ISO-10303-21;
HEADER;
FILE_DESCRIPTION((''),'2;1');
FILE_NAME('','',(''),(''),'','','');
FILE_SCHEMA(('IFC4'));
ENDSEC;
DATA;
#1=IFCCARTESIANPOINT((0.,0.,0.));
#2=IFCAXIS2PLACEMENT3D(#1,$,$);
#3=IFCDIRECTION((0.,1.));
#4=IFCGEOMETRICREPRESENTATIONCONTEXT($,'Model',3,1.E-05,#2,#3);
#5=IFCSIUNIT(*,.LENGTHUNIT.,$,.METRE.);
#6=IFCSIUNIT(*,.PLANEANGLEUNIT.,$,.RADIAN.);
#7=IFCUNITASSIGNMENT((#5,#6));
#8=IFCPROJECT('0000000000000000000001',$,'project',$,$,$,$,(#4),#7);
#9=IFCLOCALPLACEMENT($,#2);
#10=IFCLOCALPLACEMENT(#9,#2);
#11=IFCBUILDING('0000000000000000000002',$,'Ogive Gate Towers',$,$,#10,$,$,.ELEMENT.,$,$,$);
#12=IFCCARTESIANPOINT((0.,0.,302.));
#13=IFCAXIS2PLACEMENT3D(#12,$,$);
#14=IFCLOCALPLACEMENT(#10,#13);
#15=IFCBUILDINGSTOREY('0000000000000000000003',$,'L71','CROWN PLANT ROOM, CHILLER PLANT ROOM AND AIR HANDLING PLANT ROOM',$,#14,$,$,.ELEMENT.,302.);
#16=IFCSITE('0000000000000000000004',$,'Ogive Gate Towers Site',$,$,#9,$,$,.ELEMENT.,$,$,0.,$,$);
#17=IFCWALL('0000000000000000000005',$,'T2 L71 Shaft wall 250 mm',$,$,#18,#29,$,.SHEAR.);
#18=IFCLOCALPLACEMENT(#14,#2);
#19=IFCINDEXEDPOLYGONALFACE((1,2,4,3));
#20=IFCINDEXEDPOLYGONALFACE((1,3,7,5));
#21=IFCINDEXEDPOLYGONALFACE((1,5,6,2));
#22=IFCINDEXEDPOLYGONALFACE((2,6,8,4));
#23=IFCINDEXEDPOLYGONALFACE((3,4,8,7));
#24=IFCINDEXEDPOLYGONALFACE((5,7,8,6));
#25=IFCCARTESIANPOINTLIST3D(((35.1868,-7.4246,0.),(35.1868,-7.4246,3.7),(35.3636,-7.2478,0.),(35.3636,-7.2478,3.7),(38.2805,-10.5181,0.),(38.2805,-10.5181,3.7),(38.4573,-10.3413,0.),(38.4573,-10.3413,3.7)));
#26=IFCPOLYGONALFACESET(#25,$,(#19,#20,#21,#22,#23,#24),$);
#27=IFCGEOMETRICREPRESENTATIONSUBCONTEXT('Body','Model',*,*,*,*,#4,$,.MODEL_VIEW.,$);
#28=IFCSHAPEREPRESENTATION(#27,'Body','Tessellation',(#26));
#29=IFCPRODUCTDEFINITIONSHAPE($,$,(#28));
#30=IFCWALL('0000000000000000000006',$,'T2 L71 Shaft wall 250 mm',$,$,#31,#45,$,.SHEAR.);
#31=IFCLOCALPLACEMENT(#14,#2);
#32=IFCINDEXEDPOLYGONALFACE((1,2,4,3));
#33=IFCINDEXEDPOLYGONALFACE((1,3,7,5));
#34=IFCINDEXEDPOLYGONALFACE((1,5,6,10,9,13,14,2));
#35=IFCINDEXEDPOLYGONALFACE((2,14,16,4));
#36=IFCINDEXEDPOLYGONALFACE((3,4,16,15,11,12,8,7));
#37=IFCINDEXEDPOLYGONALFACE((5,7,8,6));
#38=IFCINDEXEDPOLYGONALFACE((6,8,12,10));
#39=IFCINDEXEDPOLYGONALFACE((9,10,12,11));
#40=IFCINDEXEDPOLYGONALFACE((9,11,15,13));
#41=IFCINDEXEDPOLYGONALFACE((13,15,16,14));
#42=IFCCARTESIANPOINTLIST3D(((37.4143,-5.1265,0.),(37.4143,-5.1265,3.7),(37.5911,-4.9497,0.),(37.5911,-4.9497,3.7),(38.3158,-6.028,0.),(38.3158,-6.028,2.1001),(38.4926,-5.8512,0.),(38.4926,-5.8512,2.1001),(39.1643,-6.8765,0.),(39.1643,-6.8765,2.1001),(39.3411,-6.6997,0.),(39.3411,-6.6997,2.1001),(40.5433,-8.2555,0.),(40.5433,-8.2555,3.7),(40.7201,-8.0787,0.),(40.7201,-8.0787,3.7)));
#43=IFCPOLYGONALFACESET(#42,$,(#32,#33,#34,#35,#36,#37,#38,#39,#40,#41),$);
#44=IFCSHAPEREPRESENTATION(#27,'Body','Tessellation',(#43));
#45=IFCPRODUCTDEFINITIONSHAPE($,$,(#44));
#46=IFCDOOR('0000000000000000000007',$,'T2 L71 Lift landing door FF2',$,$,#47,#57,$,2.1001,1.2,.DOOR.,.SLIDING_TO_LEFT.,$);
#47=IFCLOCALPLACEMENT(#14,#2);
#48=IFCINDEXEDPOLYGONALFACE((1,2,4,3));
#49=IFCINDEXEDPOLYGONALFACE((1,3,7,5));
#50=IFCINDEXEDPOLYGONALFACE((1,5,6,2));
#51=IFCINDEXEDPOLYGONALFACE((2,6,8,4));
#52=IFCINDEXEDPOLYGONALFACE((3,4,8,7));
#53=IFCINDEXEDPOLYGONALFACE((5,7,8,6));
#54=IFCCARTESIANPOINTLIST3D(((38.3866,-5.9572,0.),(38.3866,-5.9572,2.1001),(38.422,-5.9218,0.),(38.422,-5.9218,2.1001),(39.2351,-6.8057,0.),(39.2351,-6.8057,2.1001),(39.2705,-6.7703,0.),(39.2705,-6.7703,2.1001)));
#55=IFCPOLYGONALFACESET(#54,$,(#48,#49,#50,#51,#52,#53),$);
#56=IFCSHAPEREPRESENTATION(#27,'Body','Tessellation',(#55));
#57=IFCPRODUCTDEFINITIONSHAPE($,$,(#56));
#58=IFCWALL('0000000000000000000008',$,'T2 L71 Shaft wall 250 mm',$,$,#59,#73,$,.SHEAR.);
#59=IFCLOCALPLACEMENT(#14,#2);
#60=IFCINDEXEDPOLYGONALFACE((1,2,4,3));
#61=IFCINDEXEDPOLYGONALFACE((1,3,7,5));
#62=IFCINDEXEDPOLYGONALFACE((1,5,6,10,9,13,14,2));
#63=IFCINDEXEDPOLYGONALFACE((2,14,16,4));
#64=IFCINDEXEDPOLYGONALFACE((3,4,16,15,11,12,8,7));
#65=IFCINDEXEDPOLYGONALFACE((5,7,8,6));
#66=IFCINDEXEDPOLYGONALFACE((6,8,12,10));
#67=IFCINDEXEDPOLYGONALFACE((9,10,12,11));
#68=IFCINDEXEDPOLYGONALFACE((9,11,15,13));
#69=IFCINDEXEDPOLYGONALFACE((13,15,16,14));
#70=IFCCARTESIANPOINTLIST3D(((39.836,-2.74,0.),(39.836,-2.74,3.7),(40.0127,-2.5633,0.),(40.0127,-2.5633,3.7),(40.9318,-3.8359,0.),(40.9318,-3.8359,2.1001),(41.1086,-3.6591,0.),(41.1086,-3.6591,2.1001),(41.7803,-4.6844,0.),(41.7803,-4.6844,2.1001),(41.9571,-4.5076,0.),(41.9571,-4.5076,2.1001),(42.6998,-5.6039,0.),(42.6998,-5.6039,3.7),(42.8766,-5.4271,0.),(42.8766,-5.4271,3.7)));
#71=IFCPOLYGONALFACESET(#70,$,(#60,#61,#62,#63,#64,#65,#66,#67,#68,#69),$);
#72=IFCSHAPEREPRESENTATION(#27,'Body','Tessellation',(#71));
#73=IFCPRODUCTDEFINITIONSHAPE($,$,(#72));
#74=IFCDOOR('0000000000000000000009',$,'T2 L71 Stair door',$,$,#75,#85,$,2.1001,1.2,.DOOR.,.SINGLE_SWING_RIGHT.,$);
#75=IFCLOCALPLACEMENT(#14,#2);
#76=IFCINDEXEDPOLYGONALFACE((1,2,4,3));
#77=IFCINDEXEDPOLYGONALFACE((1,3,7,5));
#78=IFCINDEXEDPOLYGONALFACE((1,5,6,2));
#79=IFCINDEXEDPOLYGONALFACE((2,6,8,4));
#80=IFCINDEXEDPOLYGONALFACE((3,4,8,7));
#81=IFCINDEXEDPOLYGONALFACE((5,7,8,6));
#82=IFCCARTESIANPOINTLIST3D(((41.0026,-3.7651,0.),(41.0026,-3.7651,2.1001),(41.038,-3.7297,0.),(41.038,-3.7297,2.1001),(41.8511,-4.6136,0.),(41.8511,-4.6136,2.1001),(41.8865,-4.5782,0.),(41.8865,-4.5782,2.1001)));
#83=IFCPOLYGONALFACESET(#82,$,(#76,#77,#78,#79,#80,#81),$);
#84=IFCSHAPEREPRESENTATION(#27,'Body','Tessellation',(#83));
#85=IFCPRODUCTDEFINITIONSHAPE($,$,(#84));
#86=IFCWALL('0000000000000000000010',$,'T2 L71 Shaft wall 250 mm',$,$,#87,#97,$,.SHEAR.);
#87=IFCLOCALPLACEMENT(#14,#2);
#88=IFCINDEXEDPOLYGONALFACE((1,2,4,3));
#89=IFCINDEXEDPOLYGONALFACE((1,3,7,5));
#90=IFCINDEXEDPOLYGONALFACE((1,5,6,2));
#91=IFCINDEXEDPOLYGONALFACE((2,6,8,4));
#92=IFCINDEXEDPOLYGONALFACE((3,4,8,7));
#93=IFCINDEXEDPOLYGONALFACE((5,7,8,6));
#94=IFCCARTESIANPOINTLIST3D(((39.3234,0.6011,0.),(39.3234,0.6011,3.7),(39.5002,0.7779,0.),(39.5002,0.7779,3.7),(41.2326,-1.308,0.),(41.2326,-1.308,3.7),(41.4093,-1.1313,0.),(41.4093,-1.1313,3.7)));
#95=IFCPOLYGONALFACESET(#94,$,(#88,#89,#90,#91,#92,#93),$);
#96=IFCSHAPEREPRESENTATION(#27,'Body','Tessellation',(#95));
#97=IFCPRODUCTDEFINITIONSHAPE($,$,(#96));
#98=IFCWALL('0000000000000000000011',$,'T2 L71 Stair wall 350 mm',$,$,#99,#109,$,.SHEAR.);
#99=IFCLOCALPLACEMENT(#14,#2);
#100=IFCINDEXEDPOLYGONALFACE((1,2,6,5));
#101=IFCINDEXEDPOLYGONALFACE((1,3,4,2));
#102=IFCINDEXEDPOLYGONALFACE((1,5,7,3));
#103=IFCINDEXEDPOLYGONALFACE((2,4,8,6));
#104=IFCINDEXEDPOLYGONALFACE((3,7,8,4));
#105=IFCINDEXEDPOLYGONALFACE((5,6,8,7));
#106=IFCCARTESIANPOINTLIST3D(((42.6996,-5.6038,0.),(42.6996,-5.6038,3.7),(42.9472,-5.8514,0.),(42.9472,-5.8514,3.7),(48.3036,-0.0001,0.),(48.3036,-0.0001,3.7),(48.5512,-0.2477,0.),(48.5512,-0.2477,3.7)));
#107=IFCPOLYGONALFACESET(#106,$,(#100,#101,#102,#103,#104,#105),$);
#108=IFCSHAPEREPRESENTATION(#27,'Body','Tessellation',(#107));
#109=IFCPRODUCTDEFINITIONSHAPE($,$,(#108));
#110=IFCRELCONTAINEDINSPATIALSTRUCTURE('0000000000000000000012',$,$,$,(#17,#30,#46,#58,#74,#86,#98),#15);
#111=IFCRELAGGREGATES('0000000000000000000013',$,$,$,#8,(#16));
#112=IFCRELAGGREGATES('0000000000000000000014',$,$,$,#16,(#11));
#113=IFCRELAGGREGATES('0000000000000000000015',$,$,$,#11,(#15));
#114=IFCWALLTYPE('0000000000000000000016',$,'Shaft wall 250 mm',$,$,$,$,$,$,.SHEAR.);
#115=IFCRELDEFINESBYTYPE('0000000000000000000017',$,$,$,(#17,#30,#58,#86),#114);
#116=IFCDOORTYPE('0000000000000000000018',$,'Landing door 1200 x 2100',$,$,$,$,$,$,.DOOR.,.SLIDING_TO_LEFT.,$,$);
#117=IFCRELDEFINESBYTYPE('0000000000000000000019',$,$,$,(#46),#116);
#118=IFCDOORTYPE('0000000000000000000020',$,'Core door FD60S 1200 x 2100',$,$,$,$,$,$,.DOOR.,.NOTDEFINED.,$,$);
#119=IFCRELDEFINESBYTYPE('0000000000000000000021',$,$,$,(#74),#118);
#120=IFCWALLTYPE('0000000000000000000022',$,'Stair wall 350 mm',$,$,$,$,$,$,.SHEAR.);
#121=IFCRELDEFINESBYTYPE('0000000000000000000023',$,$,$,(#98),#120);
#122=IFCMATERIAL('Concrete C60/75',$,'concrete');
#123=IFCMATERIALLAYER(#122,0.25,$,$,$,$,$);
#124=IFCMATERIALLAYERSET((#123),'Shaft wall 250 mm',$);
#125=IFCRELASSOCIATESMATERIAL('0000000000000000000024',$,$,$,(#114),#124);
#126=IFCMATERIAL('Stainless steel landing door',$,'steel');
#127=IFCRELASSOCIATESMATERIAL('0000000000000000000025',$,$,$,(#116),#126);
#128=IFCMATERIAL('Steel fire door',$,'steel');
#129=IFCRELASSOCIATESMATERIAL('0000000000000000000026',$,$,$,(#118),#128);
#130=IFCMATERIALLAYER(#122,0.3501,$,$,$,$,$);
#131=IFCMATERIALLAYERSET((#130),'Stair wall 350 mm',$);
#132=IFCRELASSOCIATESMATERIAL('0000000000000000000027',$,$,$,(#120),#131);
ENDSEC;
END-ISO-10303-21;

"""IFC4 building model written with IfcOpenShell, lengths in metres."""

from ifc_helpers import new_model, si_unit, direction, frame, frame_2d, origin, place, context, subcontext, project, spatial, rectangle, extrude, material, layer, layer_set, type_object, element, fill, save


model = new_model("IFC4")

# Units and contexts
model_context = context("Model", 3, precision=1e-05, world=origin(), true_north=direction((0.0, 1.0)))
body_context = subcontext(model_context, "Body", "Model", "MODEL_VIEW")
ifc_project = project(units=[si_unit("LENGTHUNIT", "METRE"), si_unit("PLANEANGLEUNIT", "RADIAN")], contexts=[model_context])

# Site, building, storey
site_placement = place(None, origin())
site = spatial("IfcSite", under=ifc_project, at=site_placement, Name="Ogive Gate Towers Site", CompositionType="ELEMENT", RefElevation=0.0)
building_placement = place(site_placement, origin())
building = spatial("IfcBuilding", under=site, at=building_placement, Name="Ogive Gate Towers", CompositionType="ELEMENT")
storey_placement = place(building_placement, frame((0.0, 0.0, 302.0)))
storey = spatial("IfcBuildingStorey", under=building, at=storey_placement, Name="L71", Description="CROWN PLANT ROOM, CHILLER PLANT ROOM AND AIR HANDLING PLANT ROOM", CompositionType="ELEMENT", Elevation=302.0)

# Wall
ifc_material_1 = material(Name="Concrete C60/75", Category="concrete")
ifc_layer_1 = layer(ifc_material_1, 0.25)
ifc_layer_set_1 = layer_set([ifc_layer_1], Name="Shaft wall 250 mm")
wall_type_1 = type_object("IfcWallType", Name="Shaft wall 250 mm", PredefinedType="SHEAR", material=ifc_layer_set_1)
wall_1_placement = place(storey_placement, frame((38.3689, -10.4297, 0.0), z_axis=(0.0, 0.0, 1.0), x_axis=(-0.707135, 0.707079, 0.0)))
element("IfcWall", 1, at=wall_1_placement, inside=storey, type_object=wall_type_1, Name="T2 L71 Shaft wall 250 mm", PredefinedType="SHEAR", context=body_context, shape_type="SweptSolid", body=[
    extrude(rectangle(XDim=4.375, YDim=0.25, at=frame_2d((2.1875, 0.0))), origin(), (0.0, 0.0, 1.0), 3.7),
])

# Walls, openings, doors
wall_2_placement = place(storey_placement, frame((40.6316, -8.167, 0.0), z_axis=(0.0, 0.0, 1.0), x_axis=(-0.707107, 0.707107, 0.0)))
wall_2 = element("IfcWall", 2, at=wall_2_placement, inside=storey, type_object=wall_type_1, Name="T2 L71 Shaft wall 250 mm", PredefinedType="SHEAR", context=body_context, shape_type="SweptSolid", body=[
    extrude(rectangle(XDim=4.425, YDim=0.25, at=frame_2d((2.2124, 0.0))), origin(), (0.0, 0.0, 1.0), 3.7),
])
opening_1_placement = place(wall_2_placement, frame((1.95, 0.0, 0.0)))
opening_1 = element("IfcOpeningElement", 3, at=opening_1_placement, cuts=wall_2, PredefinedType="OPENING", context=body_context, shape_type="SweptSolid", body=[
    extrude(rectangle(XDim=1.2, YDim=2.1001, at=frame_2d((0.6001, 1.05))), frame((0.0, 0.135, 0.0), z_axis=(0.0, -1.0, 0.0), x_axis=(1.0, 0.0, 0.0)), (0.0, 0.0, 1.0), 0.27),
])
ifc_material_2 = material(Name="Stainless steel landing door", Category="steel")
door_type_1 = type_object("IfcDoorType", Name="Landing door 1200 x 2100", OperationType="SLIDING_TO_LEFT", PredefinedType="DOOR", material=ifc_material_2)
door_1_placement = place(opening_1_placement, origin())
door_1 = element("IfcDoor", 4, at=door_1_placement, inside=storey, type_object=door_type_1, Name="T2 L71 Lift landing door FF2", OperationType="SLIDING_TO_LEFT", OverallHeight=2.1001, OverallWidth=1.2, PredefinedType="DOOR", context=body_context, shape_type="SweptSolid", body=[
    extrude(rectangle(XDim=1.2, YDim=2.1001, at=frame_2d((0.6001, 1.05))), frame((0.0, 0.0249, 0.0), z_axis=(0.0, -1.0, 0.0), x_axis=(1.0, 0.0, 0.0)), (0.0, 0.0, 1.0), 0.05),
])
fill(opening_1, door_1)
wall_3_placement = place(storey_placement, frame((42.7881, -5.5154, 0.0), z_axis=(0.0, 0.0, 1.0), x_axis=(-0.707107, 0.707107, 0.0)))
wall_3 = element("IfcWall", 5, at=wall_3_placement, inside=storey, type_object=wall_type_1, Name="T2 L71 Shaft wall 250 mm", PredefinedType="SHEAR", context=body_context, shape_type="SweptSolid", body=[
    extrude(rectangle(XDim=4.05, YDim=0.25, at=frame_2d((2.0249, 0.0))), origin(), (0.0, 0.0, 1.0), 3.7),
])
opening_2_placement = place(wall_3_placement, frame((1.3, 0.0, 0.0)))
opening_2 = element("IfcOpeningElement", 6, at=opening_2_placement, cuts=wall_3, PredefinedType="OPENING", context=body_context, shape_type="SweptSolid", body=[
    extrude(rectangle(XDim=1.2, YDim=2.1001, at=frame_2d((0.6001, 1.05))), frame((0.0, 0.135, 0.0), z_axis=(0.0, -1.0, 0.0), x_axis=(1.0, 0.0, 0.0)), (0.0, 0.0, 1.0), 0.27),
])
ifc_material_3 = material(Name="Steel fire door", Category="steel")
door_type_2 = type_object("IfcDoorType", Name="Core door FD60S 1200 x 2100", OperationType="NOTDEFINED", PredefinedType="DOOR", material=ifc_material_3)
door_2_placement = place(opening_2_placement, origin())
door_2 = element("IfcDoor", 7, at=door_2_placement, inside=storey, type_object=door_type_2, Name="T2 L71 Stair door", OperationType="SINGLE_SWING_RIGHT", OverallHeight=2.1001, OverallWidth=1.2, PredefinedType="DOOR", context=body_context, shape_type="SweptSolid", body=[
    extrude(rectangle(XDim=1.2, YDim=2.1001, at=frame_2d((0.6001, 1.05))), frame((0.0, 0.0249, 0.0), z_axis=(0.0, -1.0, 0.0), x_axis=(1.0, 0.0, 0.0)), (0.0, 0.0, 1.0), 0.05),
])
fill(opening_2, door_2)

# Walls
wall_4_placement = place(storey_placement, frame((41.321, -1.2197, 0.0), z_axis=(0.0, 0.0, 1.0), x_axis=(-0.707107, 0.707107, 0.0)))
element("IfcWall", 8, at=wall_4_placement, inside=storey, type_object=wall_type_1, Name="T2 L71 Shaft wall 250 mm", PredefinedType="SHEAR", context=body_context, shape_type="SweptSolid", body=[
    extrude(rectangle(XDim=2.7, YDim=0.25, at=frame_2d((1.3501, 0.0))), origin(), (0.0, 0.0, 1.0), 3.7),
])
ifc_layer_2 = layer(ifc_material_1, 0.3501)
ifc_layer_set_2 = layer_set([ifc_layer_2], Name="Stair wall 350 mm")
wall_type_2 = type_object("IfcWallType", Name="Stair wall 350 mm", PredefinedType="SHEAR", material=ifc_layer_set_2)
wall_5_placement = place(storey_placement, frame((42.8235, -5.7275, 0.0), z_axis=(0.0, 0.0, 1.0), x_axis=(0.707122, 0.707091, 0.0)))
element("IfcWall", 9, at=wall_5_placement, inside=storey, type_object=wall_type_2, Name="T2 L71 Stair wall 350 mm", PredefinedType="SHEAR", context=body_context, shape_type="SweptSolid", body=[
    extrude(rectangle(XDim=7.925, YDim=0.3501, at=frame_2d((3.9624, 0.0))), origin(), (0.0, 0.0, 1.0), 3.7),
])

save(model, "model.ifc")
